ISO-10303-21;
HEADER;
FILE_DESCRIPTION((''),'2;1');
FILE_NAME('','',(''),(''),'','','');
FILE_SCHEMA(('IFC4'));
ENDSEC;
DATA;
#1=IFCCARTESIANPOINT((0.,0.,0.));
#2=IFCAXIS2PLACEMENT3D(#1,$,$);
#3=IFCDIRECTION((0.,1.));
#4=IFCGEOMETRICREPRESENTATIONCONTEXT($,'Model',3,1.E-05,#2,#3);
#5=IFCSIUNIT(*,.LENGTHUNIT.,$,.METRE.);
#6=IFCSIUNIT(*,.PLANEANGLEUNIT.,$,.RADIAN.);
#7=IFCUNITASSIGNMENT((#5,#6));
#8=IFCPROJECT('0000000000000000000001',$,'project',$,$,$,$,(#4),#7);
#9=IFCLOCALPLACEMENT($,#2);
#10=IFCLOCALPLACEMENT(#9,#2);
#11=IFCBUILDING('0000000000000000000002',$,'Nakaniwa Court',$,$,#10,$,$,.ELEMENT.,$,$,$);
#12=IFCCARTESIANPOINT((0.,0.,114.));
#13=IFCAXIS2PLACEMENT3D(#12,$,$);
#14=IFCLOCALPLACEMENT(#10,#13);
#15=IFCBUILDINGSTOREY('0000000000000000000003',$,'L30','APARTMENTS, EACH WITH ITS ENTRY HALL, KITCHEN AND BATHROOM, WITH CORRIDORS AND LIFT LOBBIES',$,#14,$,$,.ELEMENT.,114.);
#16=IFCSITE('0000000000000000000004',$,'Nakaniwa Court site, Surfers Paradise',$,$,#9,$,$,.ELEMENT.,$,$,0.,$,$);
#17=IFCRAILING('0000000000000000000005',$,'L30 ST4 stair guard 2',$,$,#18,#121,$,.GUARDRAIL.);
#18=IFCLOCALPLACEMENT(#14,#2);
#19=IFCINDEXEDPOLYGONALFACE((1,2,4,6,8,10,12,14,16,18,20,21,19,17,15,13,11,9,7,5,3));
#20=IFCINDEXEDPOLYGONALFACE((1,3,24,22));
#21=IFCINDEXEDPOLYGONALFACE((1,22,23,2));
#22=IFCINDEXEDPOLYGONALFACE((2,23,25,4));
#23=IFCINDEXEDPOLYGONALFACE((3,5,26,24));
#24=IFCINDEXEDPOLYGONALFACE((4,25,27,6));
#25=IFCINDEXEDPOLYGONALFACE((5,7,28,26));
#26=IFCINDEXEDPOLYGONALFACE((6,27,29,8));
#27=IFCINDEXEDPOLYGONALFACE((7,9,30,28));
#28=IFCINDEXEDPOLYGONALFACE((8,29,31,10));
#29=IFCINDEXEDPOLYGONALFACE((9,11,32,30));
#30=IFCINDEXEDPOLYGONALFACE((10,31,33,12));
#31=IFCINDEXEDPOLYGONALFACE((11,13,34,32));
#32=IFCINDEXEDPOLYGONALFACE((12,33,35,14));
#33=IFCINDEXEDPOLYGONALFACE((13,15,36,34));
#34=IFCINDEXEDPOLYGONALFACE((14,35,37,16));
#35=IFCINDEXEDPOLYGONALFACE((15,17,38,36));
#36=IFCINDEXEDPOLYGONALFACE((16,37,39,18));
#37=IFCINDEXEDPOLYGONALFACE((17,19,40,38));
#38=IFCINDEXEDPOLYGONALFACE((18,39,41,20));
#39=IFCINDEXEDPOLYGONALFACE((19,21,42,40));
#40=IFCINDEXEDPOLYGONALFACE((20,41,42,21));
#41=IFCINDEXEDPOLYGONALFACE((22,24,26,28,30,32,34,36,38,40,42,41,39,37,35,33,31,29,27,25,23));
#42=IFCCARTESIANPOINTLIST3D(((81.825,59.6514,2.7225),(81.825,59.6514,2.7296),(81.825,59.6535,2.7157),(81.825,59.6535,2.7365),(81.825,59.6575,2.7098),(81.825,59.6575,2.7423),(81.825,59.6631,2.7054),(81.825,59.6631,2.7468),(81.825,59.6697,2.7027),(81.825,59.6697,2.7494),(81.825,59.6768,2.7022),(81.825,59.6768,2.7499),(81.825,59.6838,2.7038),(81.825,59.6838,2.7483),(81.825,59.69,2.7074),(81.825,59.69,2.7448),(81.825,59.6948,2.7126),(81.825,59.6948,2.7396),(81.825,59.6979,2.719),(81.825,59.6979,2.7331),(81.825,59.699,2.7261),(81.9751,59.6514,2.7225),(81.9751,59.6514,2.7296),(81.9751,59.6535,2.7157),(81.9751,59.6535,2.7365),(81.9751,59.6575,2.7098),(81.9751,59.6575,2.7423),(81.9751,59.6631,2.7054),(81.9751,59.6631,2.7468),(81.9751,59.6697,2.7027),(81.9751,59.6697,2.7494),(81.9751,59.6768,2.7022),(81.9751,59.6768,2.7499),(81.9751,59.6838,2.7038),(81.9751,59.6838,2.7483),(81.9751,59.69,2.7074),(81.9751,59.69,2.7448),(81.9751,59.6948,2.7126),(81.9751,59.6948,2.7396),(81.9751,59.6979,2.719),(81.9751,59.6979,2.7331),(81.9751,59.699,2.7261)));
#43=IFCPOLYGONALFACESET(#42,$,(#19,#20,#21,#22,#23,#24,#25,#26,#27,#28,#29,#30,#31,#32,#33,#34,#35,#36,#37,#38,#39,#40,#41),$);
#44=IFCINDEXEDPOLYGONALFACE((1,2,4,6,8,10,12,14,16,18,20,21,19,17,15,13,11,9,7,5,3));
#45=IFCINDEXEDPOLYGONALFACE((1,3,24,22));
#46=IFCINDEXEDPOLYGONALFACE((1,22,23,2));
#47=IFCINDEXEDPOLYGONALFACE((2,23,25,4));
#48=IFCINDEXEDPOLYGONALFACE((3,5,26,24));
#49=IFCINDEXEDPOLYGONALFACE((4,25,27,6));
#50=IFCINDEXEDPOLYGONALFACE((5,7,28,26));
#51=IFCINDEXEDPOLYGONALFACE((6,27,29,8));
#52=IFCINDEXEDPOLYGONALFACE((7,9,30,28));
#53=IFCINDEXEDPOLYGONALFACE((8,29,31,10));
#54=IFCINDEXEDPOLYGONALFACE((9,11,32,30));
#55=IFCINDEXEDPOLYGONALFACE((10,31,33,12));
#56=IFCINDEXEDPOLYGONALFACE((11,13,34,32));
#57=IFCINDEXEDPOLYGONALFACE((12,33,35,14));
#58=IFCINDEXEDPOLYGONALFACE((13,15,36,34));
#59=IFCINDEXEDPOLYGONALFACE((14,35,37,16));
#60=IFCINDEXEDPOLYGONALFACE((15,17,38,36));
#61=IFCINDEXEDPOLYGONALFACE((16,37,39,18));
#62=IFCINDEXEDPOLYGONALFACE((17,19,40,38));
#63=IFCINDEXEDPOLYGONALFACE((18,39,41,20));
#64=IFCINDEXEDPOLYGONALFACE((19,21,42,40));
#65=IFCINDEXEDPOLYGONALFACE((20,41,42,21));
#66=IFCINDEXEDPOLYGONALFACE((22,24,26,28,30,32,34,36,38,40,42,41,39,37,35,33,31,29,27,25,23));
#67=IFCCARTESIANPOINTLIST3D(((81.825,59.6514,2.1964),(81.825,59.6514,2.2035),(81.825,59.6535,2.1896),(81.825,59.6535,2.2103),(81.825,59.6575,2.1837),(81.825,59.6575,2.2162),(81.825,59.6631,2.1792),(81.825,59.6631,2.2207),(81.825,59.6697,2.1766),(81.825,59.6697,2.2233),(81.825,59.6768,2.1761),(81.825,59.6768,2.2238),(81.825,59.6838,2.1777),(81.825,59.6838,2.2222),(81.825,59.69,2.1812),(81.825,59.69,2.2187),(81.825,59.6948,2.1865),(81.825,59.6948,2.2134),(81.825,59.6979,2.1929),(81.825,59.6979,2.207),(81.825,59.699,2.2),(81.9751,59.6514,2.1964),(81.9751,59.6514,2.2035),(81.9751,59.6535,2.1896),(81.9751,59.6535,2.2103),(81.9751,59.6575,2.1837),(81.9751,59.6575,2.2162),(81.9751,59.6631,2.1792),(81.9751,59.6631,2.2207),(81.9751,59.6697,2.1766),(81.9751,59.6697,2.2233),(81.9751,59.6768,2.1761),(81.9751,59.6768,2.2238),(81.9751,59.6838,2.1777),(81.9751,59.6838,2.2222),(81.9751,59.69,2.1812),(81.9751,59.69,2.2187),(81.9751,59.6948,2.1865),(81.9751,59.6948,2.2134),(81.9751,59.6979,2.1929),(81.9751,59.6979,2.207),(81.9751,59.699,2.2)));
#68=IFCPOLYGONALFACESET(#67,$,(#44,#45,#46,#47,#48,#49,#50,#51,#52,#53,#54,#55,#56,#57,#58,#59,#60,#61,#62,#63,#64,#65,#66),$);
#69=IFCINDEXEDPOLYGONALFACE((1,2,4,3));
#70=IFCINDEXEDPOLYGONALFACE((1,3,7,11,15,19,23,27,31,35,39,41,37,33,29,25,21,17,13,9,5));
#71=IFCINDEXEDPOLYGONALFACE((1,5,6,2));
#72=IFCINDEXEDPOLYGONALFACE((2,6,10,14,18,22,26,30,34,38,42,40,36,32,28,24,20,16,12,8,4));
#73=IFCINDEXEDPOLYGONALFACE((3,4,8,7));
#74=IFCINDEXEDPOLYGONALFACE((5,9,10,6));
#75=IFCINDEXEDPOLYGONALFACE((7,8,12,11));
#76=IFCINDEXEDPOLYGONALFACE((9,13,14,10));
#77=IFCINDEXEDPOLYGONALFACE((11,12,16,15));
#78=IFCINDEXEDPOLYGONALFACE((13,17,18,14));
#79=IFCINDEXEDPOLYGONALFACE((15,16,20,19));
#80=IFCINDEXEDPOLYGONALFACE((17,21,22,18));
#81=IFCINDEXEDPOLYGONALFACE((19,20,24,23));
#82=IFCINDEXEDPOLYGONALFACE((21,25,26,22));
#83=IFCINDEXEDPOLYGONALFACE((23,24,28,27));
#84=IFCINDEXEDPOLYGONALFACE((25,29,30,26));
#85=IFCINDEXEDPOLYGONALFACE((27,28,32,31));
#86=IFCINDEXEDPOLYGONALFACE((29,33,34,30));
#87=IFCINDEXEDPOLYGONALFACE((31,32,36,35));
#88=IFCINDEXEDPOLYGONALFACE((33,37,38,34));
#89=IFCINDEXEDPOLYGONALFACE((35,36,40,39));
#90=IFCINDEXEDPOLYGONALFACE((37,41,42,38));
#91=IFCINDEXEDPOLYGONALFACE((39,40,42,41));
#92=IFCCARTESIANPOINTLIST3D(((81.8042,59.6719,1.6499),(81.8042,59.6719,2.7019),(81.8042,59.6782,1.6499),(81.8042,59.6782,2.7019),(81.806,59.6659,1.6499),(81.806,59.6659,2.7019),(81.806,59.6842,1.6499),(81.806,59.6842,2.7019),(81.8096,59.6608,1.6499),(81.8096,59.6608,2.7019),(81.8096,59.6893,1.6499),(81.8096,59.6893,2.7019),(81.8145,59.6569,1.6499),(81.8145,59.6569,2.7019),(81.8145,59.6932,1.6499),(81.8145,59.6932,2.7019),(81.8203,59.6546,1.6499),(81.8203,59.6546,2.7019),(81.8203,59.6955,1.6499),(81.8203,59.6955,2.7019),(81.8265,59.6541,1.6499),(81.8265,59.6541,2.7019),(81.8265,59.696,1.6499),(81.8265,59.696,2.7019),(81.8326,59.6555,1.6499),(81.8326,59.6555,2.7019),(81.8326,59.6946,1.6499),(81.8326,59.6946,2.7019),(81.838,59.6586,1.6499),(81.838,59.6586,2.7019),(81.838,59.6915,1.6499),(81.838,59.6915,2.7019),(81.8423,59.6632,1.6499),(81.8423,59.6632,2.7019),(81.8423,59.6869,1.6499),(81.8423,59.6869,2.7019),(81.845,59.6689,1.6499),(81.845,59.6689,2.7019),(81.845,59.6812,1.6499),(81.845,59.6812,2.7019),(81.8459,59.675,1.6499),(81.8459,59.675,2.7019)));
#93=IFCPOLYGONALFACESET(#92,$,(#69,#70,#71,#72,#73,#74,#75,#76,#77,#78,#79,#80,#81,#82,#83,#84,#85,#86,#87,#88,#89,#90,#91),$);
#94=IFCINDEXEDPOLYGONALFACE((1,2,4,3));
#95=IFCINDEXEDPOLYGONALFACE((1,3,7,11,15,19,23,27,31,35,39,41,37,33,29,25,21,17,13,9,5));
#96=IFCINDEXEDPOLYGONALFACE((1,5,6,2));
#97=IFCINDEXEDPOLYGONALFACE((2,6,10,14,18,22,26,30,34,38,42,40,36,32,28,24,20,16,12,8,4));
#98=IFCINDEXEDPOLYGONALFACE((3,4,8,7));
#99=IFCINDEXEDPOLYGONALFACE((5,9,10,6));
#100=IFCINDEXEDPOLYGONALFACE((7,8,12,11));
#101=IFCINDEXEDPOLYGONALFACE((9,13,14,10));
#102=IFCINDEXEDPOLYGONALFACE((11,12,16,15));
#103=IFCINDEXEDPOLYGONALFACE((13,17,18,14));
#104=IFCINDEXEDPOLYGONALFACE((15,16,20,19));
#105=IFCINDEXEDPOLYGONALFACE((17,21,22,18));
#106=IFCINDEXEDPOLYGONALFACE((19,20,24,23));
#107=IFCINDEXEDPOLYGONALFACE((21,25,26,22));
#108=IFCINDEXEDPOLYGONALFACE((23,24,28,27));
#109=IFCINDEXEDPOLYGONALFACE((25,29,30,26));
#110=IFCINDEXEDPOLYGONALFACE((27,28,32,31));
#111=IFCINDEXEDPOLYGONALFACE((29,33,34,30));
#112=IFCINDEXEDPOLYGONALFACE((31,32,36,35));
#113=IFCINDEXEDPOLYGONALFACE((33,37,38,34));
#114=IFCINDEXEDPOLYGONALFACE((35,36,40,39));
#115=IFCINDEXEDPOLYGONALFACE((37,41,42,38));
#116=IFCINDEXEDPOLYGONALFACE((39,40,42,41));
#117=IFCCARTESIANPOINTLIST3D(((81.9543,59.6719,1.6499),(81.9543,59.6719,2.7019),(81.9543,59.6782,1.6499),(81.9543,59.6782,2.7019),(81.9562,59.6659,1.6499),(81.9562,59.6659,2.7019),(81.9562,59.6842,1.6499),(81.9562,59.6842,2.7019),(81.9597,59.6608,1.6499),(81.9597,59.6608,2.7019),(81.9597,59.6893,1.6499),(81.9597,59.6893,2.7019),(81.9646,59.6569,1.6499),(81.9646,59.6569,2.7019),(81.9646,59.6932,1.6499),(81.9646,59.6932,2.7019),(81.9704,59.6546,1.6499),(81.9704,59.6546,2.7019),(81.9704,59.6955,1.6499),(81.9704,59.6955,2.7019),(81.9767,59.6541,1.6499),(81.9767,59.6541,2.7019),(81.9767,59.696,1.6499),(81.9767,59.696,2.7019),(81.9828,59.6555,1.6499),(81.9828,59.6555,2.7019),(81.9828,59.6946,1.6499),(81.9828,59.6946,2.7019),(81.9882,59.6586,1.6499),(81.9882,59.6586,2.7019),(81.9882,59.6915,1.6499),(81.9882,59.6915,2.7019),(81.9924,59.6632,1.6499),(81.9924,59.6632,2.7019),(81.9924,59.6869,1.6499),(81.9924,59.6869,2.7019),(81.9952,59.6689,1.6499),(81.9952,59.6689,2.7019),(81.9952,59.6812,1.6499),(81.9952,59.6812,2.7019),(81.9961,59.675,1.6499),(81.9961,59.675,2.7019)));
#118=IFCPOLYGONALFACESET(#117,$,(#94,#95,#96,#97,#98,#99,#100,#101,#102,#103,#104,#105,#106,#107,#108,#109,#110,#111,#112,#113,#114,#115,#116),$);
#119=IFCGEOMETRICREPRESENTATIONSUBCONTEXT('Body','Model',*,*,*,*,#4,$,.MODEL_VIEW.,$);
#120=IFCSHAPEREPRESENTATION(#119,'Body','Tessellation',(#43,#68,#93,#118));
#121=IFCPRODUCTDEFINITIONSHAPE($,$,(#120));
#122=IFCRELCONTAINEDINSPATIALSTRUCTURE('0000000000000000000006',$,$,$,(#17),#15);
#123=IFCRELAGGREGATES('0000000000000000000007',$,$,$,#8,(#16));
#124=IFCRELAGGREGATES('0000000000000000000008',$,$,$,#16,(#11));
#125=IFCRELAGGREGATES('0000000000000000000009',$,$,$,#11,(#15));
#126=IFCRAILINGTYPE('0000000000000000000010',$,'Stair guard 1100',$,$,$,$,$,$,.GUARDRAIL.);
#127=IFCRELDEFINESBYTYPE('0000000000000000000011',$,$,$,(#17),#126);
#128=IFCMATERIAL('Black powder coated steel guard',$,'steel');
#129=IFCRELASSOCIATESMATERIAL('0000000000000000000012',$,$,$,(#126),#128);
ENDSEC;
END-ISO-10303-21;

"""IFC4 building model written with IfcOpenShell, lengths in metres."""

from ifc_helpers import new_model, si_unit, direction, frame, origin, origin_2d, place, context, subcontext, project, spatial, circle, extrude, material, type_object, element, save


model = new_model("IFC4")

# Units and contexts
model_context = context("Model", 3, precision=1e-05, world=origin(), true_north=direction((0.0, 1.0)))
body_context = subcontext(model_context, "Body", "Model", "MODEL_VIEW")
ifc_project = project(units=[si_unit("LENGTHUNIT", "METRE"), si_unit("PLANEANGLEUNIT", "RADIAN")], contexts=[model_context])

# Site, building, storey
site_placement = place(None, origin())
site = spatial("IfcSite", under=ifc_project, at=site_placement, Name="Nakaniwa Court site, Surfers Paradise", CompositionType="ELEMENT", RefElevation=0.0)
building_placement = place(site_placement, origin())
building = spatial("IfcBuilding", under=site, at=building_placement, Name="Nakaniwa Court", CompositionType="ELEMENT")
storey_placement = place(building_placement, frame((0.0, 0.0, 114.0)))
storey = spatial("IfcBuildingStorey", under=building, at=storey_placement, Name="L30", Description="APARTMENTS, EACH WITH ITS ENTRY HALL, KITCHEN AND BATHROOM, WITH CORRIDORS AND LIFT LOBBIES", CompositionType="ELEMENT", Elevation=114.0)

# Railing
ifc_material_1 = material(Name="Black powder coated steel guard", Category="steel")
railing_type_1 = type_object("IfcRailingType", Name="Stair guard 1100", PredefinedType="GUARDRAIL", material=ifc_material_1)
railing_1_placement = place(storey_placement, frame((81.825, 59.675, 1.6499)))
element("IfcRailing", 1, at=railing_1_placement, inside=storey, type_object=railing_type_1, Name="L30 ST4 stair guard 2", PredefinedType="GUARDRAIL", context=body_context, shape_type="SweptSolid", body=[
    extrude(circle(Radius=0.0239, at=origin_2d()), frame((0.0, 0.0, 1.0762), z_axis=(1.0, 0.0, 0.0), x_axis=(0.0, 1.0, 0.0)), (0.0, 0.0, 1.0), 0.1501),
    extrude(circle(Radius=0.0239, at=origin_2d()), frame((0.0, 0.0, 0.55), z_axis=(1.0, 0.0, 0.0), x_axis=(0.0, 1.0, 0.0)), (0.0, 0.0, 1.0), 0.1501),
    extrude(circle(Radius=0.021, at=origin_2d()), origin(), (0.0, 0.0, 1.0), 1.052),
    extrude(circle(Radius=0.021, at=origin_2d()), frame((0.1501, 0.0, 0.0)), (0.0, 0.0, 1.0), 1.052),
])

save(model, "model.ifc")
